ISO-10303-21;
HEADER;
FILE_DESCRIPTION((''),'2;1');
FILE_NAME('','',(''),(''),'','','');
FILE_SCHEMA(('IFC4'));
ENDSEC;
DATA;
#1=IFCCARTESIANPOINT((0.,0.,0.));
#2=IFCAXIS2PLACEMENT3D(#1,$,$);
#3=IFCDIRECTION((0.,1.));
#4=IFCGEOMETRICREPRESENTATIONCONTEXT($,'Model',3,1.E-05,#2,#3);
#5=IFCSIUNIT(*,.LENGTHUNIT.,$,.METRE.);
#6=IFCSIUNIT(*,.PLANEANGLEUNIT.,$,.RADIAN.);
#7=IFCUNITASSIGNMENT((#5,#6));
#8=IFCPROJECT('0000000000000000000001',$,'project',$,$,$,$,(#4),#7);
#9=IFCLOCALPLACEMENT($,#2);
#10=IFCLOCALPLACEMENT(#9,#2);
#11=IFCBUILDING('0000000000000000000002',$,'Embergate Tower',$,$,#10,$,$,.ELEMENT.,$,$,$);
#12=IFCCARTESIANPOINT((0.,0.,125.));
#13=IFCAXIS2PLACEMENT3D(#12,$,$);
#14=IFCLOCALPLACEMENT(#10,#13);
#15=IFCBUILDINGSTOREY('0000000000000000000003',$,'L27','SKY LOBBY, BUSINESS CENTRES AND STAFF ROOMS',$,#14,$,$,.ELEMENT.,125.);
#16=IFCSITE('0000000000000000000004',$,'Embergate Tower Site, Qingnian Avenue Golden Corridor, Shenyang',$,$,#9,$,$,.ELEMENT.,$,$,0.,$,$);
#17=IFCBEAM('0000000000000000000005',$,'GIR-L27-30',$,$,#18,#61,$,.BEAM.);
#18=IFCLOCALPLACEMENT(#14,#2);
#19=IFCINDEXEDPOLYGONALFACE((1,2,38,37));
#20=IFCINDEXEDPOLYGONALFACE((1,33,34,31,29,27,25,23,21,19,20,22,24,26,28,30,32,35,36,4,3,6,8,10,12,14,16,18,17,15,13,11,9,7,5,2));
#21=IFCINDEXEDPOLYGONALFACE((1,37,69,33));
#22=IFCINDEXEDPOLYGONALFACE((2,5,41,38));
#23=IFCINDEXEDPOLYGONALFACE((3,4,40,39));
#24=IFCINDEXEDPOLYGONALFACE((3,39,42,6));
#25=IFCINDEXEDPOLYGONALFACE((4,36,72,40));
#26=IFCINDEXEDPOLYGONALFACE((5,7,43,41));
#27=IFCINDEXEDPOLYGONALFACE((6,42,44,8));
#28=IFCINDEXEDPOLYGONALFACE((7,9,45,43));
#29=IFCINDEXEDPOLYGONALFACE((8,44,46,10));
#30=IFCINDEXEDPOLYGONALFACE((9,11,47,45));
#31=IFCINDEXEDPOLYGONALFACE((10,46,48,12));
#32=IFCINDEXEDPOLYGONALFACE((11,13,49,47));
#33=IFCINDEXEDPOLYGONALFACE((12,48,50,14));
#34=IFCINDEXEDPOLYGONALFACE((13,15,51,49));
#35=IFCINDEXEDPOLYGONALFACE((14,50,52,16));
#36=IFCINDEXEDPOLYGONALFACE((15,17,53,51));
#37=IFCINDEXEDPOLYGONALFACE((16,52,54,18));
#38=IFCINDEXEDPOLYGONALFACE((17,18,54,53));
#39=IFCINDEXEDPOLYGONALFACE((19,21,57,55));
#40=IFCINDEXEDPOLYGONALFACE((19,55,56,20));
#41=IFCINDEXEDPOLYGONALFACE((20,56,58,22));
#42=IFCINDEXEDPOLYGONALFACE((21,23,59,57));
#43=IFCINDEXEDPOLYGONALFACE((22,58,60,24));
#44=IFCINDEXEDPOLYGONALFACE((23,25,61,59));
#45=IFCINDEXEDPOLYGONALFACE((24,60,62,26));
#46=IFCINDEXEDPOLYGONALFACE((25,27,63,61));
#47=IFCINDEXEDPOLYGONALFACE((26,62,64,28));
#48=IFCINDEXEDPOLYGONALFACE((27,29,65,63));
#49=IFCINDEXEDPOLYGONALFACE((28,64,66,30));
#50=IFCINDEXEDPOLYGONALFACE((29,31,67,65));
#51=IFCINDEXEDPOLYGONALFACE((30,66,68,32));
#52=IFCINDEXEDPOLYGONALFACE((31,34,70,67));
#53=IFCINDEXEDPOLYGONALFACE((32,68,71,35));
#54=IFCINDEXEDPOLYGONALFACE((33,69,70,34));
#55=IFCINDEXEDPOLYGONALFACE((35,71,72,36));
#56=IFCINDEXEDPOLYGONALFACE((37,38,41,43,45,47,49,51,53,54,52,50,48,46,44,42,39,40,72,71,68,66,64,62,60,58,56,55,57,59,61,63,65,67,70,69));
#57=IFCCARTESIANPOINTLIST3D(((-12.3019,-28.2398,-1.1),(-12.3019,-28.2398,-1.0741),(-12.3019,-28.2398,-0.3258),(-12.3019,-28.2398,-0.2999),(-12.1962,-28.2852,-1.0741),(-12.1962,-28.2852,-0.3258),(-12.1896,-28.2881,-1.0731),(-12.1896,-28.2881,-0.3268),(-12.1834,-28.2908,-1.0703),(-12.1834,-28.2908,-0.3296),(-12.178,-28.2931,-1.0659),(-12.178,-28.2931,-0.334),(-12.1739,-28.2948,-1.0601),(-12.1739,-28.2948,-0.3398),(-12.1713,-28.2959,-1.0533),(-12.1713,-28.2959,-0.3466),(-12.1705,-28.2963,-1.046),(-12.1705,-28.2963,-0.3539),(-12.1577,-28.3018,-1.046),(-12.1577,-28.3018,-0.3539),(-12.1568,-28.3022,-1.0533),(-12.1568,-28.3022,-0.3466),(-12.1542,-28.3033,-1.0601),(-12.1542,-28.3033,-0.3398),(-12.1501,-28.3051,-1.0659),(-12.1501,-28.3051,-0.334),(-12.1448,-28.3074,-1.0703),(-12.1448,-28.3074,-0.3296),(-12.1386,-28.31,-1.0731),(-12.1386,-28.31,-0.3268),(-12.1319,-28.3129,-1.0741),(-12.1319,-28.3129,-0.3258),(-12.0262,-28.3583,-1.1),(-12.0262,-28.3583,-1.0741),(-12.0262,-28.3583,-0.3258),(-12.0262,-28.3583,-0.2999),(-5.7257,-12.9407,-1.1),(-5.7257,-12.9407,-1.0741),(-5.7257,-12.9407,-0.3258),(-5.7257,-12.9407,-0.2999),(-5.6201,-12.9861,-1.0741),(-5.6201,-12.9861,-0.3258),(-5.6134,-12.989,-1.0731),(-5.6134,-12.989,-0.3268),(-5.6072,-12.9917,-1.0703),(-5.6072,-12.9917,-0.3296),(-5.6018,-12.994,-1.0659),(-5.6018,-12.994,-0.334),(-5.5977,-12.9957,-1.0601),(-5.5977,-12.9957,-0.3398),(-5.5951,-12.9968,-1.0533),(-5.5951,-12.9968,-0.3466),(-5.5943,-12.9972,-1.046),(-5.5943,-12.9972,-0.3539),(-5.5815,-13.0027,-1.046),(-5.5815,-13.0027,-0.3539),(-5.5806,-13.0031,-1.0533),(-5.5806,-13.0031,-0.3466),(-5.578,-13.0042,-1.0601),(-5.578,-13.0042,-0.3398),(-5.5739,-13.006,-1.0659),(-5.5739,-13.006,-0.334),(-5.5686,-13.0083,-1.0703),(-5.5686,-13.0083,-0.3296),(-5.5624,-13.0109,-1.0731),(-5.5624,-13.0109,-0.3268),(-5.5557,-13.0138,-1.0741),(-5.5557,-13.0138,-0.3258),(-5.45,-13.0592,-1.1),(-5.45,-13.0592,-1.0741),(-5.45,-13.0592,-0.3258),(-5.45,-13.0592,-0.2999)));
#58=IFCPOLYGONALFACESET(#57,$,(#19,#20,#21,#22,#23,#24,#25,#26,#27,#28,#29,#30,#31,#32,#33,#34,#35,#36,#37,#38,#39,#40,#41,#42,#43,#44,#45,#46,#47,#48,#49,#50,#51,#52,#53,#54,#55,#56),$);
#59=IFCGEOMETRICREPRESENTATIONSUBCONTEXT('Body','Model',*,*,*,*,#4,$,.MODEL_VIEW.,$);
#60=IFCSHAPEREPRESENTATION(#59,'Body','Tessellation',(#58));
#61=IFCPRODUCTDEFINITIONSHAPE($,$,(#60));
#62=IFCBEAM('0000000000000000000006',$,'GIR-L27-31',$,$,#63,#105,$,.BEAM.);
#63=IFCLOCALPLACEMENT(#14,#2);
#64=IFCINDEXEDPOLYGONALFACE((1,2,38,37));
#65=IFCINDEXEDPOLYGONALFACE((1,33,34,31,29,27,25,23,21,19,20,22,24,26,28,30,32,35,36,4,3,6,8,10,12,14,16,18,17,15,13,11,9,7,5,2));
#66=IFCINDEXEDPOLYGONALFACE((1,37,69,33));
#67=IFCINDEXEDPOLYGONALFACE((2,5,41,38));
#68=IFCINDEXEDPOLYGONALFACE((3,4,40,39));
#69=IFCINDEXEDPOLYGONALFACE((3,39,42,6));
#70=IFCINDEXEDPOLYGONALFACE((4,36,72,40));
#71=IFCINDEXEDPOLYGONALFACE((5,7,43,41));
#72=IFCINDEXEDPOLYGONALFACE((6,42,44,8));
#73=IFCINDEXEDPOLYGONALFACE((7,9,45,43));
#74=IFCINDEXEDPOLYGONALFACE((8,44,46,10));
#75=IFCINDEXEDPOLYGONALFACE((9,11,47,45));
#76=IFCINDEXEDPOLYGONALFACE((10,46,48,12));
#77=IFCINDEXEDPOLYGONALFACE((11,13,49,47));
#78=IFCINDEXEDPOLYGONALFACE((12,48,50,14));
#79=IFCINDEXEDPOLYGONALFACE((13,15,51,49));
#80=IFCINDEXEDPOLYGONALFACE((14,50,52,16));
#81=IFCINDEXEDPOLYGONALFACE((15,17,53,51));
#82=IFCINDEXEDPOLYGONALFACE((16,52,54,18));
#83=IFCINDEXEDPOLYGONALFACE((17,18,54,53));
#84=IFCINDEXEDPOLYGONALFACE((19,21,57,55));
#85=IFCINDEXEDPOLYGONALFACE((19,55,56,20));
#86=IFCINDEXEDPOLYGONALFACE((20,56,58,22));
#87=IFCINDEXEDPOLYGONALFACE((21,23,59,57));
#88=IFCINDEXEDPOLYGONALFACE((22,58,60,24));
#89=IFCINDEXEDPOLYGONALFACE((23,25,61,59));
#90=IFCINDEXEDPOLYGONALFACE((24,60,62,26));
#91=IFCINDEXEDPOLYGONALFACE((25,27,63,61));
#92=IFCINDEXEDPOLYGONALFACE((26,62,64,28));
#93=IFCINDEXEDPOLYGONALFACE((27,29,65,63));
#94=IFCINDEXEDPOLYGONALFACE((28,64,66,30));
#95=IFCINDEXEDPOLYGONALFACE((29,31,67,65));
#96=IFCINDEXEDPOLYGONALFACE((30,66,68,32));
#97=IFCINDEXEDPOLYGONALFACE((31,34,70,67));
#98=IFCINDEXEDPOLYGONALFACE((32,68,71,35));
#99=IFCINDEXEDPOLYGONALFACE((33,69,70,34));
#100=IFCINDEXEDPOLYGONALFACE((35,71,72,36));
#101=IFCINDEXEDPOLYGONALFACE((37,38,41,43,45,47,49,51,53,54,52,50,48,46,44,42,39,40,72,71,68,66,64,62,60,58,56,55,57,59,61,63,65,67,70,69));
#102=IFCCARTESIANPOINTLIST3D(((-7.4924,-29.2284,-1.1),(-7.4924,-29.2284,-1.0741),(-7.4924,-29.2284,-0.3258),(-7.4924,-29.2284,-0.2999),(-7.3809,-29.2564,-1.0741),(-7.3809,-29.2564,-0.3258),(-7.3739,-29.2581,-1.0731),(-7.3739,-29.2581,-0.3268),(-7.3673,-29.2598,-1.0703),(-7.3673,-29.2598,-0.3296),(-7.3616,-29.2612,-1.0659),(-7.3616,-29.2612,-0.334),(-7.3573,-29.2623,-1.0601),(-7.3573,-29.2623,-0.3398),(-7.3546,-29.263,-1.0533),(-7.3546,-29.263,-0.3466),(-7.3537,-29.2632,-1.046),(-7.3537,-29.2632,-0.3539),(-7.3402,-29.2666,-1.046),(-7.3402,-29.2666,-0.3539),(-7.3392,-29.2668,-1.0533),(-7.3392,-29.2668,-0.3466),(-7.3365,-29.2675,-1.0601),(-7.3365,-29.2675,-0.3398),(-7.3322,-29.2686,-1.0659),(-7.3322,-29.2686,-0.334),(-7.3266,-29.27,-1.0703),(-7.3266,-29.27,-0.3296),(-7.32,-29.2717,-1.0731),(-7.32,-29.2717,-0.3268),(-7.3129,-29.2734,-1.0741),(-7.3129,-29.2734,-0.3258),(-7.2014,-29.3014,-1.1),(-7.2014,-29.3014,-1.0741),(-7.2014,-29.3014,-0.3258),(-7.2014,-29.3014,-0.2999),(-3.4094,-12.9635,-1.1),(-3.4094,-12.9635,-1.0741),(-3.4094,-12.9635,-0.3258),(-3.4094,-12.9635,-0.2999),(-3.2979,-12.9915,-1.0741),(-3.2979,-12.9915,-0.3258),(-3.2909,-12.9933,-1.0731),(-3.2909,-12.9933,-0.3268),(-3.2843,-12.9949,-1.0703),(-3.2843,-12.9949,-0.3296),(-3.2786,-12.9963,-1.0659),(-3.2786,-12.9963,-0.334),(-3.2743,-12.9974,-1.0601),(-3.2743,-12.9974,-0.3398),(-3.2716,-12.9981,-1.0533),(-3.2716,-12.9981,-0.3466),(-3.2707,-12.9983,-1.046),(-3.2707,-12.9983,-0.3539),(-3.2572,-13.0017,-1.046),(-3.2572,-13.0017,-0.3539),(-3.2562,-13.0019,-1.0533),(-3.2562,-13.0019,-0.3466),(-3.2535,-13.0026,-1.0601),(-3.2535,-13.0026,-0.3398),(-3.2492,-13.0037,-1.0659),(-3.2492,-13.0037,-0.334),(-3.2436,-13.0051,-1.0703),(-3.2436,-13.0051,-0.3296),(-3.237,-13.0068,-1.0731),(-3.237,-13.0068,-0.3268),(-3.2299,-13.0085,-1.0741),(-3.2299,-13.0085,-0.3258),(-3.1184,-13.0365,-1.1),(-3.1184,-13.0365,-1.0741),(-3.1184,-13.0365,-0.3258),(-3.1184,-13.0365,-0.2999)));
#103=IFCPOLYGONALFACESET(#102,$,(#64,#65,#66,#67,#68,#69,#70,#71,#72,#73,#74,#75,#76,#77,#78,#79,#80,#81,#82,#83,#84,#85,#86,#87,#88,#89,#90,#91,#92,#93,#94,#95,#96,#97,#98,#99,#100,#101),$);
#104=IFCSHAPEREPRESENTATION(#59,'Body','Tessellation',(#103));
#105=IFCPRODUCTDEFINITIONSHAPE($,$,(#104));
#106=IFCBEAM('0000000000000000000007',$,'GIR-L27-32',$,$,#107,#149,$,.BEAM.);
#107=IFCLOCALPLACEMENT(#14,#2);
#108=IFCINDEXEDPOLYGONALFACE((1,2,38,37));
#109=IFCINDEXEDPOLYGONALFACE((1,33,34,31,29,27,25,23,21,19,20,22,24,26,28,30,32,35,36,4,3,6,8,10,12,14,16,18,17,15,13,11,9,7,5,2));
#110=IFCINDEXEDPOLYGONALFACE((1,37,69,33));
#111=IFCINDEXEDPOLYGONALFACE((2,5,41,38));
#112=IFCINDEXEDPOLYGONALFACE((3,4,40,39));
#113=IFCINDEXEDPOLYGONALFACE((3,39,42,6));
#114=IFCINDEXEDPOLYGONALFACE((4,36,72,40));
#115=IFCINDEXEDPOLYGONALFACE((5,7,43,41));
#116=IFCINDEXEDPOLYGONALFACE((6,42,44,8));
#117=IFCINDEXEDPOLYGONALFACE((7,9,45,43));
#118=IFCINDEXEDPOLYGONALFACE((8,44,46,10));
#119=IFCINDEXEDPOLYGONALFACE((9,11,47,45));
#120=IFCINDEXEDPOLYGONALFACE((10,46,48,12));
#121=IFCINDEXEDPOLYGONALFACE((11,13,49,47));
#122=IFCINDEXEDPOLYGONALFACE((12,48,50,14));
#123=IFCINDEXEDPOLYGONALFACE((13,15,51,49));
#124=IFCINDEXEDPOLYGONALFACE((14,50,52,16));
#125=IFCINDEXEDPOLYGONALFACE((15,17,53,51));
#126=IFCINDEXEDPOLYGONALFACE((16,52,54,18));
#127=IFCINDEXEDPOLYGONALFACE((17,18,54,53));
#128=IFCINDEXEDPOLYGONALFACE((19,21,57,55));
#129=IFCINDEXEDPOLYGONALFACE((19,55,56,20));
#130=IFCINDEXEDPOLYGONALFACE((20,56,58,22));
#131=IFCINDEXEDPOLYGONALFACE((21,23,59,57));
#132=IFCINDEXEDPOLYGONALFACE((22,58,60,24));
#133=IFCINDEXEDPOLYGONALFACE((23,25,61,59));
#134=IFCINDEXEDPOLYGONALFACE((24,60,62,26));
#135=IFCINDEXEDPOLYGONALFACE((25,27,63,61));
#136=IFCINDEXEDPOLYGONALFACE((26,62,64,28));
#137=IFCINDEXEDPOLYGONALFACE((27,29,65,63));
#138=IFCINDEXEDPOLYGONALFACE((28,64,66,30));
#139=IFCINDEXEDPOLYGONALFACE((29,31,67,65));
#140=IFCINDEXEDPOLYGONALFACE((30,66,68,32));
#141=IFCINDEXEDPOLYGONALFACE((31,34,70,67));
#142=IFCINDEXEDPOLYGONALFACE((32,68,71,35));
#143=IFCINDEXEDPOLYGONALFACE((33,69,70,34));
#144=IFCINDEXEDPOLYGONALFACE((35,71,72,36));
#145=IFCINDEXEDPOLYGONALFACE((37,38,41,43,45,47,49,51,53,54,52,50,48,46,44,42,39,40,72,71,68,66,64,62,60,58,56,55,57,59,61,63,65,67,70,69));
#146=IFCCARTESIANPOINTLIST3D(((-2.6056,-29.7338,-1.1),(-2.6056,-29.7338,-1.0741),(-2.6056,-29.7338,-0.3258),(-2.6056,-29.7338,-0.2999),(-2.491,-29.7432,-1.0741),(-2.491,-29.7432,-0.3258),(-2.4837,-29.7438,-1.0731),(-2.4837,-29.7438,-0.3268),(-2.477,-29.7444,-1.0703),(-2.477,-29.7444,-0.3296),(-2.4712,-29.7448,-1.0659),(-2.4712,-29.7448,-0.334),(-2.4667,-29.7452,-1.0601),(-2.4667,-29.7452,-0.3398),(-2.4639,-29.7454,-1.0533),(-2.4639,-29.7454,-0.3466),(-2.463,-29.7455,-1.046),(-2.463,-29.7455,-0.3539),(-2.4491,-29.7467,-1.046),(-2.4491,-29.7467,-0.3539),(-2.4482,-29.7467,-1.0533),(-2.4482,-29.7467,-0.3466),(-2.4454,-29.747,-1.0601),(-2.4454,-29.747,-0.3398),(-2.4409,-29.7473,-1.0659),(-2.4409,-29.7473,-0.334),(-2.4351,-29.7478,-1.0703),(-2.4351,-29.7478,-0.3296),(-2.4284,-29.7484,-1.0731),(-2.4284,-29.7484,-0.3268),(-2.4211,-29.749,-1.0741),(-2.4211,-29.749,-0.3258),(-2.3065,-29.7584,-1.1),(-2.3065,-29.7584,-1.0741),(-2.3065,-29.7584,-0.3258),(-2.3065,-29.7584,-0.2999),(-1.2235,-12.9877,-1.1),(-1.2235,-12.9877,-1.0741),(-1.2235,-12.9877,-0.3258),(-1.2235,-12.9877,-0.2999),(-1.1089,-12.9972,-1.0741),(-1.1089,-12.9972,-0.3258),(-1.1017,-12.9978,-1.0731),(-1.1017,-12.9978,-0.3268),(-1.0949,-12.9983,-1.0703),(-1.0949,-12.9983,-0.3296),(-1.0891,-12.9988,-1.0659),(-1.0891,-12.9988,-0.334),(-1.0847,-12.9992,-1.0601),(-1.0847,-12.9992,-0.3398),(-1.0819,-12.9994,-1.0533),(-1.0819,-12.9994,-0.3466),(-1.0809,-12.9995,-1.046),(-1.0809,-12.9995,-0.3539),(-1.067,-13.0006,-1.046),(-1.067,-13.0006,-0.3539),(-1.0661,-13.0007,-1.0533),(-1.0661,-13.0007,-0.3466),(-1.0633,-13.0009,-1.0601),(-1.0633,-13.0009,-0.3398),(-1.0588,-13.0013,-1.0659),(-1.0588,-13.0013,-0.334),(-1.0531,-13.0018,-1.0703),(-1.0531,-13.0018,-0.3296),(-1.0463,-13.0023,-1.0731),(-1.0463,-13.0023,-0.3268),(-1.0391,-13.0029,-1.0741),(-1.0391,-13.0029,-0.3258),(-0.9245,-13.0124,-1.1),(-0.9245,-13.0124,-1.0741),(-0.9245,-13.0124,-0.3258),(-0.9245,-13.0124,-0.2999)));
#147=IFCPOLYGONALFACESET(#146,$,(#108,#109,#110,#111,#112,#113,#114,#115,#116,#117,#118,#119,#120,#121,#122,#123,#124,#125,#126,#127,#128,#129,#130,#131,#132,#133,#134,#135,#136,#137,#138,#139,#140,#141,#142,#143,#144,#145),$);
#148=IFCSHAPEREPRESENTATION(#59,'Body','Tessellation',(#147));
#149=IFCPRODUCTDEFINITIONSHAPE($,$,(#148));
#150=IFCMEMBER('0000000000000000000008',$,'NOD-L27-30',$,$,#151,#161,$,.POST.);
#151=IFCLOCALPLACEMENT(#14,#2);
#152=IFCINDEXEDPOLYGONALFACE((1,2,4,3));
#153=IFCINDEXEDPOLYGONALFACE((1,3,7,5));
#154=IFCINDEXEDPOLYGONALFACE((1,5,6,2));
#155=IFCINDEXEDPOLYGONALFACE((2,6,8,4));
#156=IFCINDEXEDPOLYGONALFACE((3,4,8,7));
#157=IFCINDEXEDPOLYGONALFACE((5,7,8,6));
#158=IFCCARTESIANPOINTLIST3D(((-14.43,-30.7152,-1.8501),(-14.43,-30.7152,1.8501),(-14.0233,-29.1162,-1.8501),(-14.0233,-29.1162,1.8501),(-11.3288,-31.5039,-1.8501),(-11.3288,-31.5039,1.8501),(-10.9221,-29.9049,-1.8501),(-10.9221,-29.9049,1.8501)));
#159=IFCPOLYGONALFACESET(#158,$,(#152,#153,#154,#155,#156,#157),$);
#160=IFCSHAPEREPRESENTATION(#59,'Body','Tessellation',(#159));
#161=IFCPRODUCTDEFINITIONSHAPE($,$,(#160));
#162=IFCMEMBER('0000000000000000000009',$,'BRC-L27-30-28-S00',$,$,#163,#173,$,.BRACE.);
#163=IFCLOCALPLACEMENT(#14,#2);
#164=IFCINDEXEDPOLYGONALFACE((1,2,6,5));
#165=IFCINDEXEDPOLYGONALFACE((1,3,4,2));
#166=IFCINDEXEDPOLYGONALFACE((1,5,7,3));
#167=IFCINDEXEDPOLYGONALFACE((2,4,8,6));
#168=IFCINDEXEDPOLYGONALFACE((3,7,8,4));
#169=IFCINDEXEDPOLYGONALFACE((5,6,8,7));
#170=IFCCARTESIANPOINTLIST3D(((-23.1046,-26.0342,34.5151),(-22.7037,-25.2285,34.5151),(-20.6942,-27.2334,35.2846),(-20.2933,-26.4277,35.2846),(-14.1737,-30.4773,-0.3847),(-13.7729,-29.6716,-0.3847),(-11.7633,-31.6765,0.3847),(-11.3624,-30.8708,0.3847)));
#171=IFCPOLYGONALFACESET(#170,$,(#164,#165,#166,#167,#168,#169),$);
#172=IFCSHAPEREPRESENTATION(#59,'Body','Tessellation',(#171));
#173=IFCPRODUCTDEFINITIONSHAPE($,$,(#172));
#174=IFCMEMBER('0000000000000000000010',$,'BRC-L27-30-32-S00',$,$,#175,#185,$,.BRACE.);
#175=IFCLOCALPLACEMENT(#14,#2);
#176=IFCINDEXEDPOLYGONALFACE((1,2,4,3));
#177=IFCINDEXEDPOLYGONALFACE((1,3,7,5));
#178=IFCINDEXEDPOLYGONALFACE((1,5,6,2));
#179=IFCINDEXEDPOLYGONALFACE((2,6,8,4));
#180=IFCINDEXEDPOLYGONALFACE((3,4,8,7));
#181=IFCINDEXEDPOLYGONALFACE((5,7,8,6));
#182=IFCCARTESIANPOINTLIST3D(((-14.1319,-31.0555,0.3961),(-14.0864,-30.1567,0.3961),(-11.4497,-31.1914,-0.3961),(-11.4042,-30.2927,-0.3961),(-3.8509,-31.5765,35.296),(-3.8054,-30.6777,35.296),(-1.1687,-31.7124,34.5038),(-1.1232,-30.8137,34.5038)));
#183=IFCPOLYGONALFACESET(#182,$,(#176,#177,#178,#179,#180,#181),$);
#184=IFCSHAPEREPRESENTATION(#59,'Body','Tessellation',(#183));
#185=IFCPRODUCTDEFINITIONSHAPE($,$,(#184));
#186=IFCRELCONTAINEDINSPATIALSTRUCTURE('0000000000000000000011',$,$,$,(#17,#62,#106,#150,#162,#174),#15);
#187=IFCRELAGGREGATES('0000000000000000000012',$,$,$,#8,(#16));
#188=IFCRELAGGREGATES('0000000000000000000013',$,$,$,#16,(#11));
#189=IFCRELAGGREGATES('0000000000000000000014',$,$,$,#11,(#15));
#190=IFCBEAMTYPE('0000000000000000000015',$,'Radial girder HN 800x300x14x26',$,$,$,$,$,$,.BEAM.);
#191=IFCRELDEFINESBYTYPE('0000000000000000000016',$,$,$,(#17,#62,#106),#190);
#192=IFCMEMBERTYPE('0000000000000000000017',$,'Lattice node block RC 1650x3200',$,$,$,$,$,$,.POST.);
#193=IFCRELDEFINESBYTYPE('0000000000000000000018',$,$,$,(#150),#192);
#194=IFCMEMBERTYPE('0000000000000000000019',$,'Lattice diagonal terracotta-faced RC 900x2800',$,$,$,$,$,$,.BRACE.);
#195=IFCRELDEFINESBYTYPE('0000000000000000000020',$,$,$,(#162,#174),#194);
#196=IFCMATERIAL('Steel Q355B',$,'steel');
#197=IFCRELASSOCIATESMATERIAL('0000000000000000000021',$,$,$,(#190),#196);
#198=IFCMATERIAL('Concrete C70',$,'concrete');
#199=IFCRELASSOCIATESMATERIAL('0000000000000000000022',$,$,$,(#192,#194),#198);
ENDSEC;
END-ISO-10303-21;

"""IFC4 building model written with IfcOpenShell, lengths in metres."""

from ifc_helpers import new_model, si_unit, direction, frame, origin, origin_2d, place, context, subcontext, project, spatial, rectangle, i_section, extrude, source, transform, mapped, material, material_profile, profile_set, type_object, element, save


model = new_model("IFC4")

# Units and contexts
model_context = context("Model", 3, precision=1e-05, world=origin(), true_north=direction((0.0, 1.0)))
body_context = subcontext(model_context, "Body", "Model", "MODEL_VIEW")
ifc_project = project(units=[si_unit("LENGTHUNIT", "METRE"), si_unit("PLANEANGLEUNIT", "RADIAN")], contexts=[model_context])

# Site, building, storey
site_placement = place(None, origin())
site = spatial("IfcSite", under=ifc_project, at=site_placement, Name="Embergate Tower Site, Qingnian Avenue Golden Corridor, Shenyang", CompositionType="ELEMENT", RefElevation=0.0)
building_placement = place(site_placement, origin())
building = spatial("IfcBuilding", under=site, at=building_placement, Name="Embergate Tower", CompositionType="ELEMENT")
storey_placement = place(building_placement, frame((0.0, 0.0, 125.0)))
storey = spatial("IfcBuildingStorey", under=building, at=storey_placement, Name="L27", Description="SKY LOBBY, BUSINESS CENTRES AND STAFF ROOMS", CompositionType="ELEMENT", Elevation=125.0)

# Shared definitions
ifc_material_1 = material(Name="Concrete C70", Category="concrete")

# Beams
ifc_material_2 = material(Name="Steel Q355B", Category="steel")
ifc_material_profile_1 = material_profile(ifc_material_2, i_section(OverallWidth=0.3, OverallDepth=0.8, WebThickness=0.0139, FlangeThickness=0.0259, FilletRadius=0.0281, at=origin_2d()), Name="HN 800x300x14x26")
ifc_profile_set_1 = profile_set([ifc_material_profile_1], Name="Steel Q355 grade B")
beam_type_1 = type_object("IfcBeamType", Name="Radial girder HN 800x300x14x26", PredefinedType="BEAM", material=ifc_profile_set_1)
shared_shape_1 = source(origin(), body_context, "Body", "SweptSolid", [
    extrude(i_section(OverallWidth=0.3, OverallDepth=0.8, WebThickness=0.0139, FlangeThickness=0.0259, FilletRadius=0.0281, at=origin_2d()), origin(), (0.0, 0.0, 1.0), 16.6526),
])
beam_1_placement = place(storey_placement, frame((-12.1641, -28.2991, -0.7), z_axis=(0.394905, 0.918722, 0.0), x_axis=(-0.918722, 0.394905, 0.0)))
element("IfcBeam", 1, at=beam_1_placement, inside=storey, type_object=beam_type_1, Name="GIR-L27-30", PredefinedType="BEAM", context=body_context, shape_type="MappedRepresentation", body=[
    mapped(shared_shape_1, transform((0.0, 0.0, 0.0))),
])
shared_shape_2 = source(origin(), body_context, "Body", "SweptSolid", [
    extrude(i_section(OverallWidth=0.3, OverallDepth=0.8, WebThickness=0.0139, FlangeThickness=0.0259, FilletRadius=0.0281, at=origin_2d()), origin(), (0.0, 0.0, 1.0), 16.7695),
])
beam_2_placement = place(storey_placement, frame((-7.3469, -29.2649, -0.7), z_axis=(0.243478, 0.969907, 0.0), x_axis=(-0.969907, 0.243478, 0.0)))
element("IfcBeam", 2, at=beam_2_placement, inside=storey, type_object=beam_type_1, Name="GIR-L27-31", PredefinedType="BEAM", context=body_context, shape_type="MappedRepresentation", body=[
    mapped(shared_shape_2, transform((0.0, 0.0, 0.0))),
])
shared_shape_3 = source(origin(), body_context, "Body", "SweptSolid", [
    extrude(i_section(OverallWidth=0.3, OverallDepth=0.8, WebThickness=0.0139, FlangeThickness=0.0259, FilletRadius=0.0281, at=origin_2d()), origin(), (0.0, 0.0, 1.0), 16.803),
])
beam_3_placement = place(storey_placement, frame((-2.4561, -29.7461, -0.7), z_axis=(0.082252, 0.996612, 0.0), x_axis=(-0.996612, 0.082252, 0.0)))
element("IfcBeam", 3, at=beam_3_placement, inside=storey, type_object=beam_type_1, Name="GIR-L27-32", PredefinedType="BEAM", context=body_context, shape_type="MappedRepresentation", body=[
    mapped(shared_shape_3, transform((0.0, 0.0, 0.0))),
])

# Members
ifc_material_profile_2 = material_profile(ifc_material_1, rectangle(XDim=1.6499, YDim=3.2, at=origin_2d()), Name="RC 1650x3200")
ifc_profile_set_2 = profile_set([ifc_material_profile_2], Name="Concrete C70")
member_type_1 = type_object("IfcMemberType", Name="Lattice node block RC 1650x3200", PredefinedType="POST", material=ifc_profile_set_2)
shared_shape_4 = source(origin(), body_context, "Body", "SweptSolid", [
    extrude(rectangle(XDim=1.6499, YDim=3.2, at=origin_2d()), origin(), (0.0, 0.0, 1.0), 3.7002),
])
member_1_placement = place(storey_placement, frame((-12.676, -30.3101, -1.8501), z_axis=(0.0, 0.0, 1.0), x_axis=(-0.246492, -0.969145, 0.0)))
element("IfcMember", 4, at=member_1_placement, inside=storey, type_object=member_type_1, Name="NOD-L27-30", PredefinedType="POST", context=body_context, shape_type="MappedRepresentation", body=[
    mapped(shared_shape_4, transform((0.0, 0.0, 0.0))),
])
ifc_material_profile_3 = material_profile(ifc_material_1, rectangle(XDim=0.8999, YDim=2.8, at=origin_2d()), Name="RC 900x2800")
ifc_profile_set_3 = profile_set([ifc_material_profile_3], Name="Concrete C70")
member_type_2 = type_object("IfcMemberType", Name="Lattice diagonal terracotta-faced RC 900x2800", PredefinedType="BRACE", material=ifc_profile_set_3)
shared_shape_5 = source(origin(), body_context, "Body", "SweptSolid", [
    extrude(rectangle(XDim=0.8999, YDim=2.8, at=origin_2d()), origin(), (0.0, 0.0, 1.0), 36.2974),
])
member_2_placement = place(storey_placement, frame((-12.7681, -30.6741, 0.0), z_axis=(-0.246048, 0.122408, 0.961497), x_axis=(-0.445421, -0.895321, 0.0)))
element("IfcMember", 5, at=member_2_placement, inside=storey, type_object=member_type_2, Name="BRC-L27-30-28-S00", PredefinedType="BRACE", context=body_context, shape_type="MappedRepresentation", body=[
    mapped(shared_shape_5, transform((0.0, 0.0, 0.0))),
])
shared_shape_6 = source(origin(), body_context, "Body", "SweptSolid", [
    extrude(rectangle(XDim=0.8999, YDim=2.8, at=origin_2d()), origin(), (0.0, 0.0, 1.0), 36.3865),
])
member_3_placement = place(storey_placement, frame((-12.7681, -30.6741, 0.0), z_axis=(0.28255, -0.014318, 0.959146), x_axis=(0.050611, 0.998718, 0.0)))
element("IfcMember", 6, at=member_3_placement, inside=storey, type_object=member_type_2, Name="BRC-L27-30-32-S00", PredefinedType="BRACE", context=body_context, shape_type="MappedRepresentation", body=[
    mapped(shared_shape_6, transform((0.0, 0.0, 0.0))),
])

save(model, "model.ifc")
